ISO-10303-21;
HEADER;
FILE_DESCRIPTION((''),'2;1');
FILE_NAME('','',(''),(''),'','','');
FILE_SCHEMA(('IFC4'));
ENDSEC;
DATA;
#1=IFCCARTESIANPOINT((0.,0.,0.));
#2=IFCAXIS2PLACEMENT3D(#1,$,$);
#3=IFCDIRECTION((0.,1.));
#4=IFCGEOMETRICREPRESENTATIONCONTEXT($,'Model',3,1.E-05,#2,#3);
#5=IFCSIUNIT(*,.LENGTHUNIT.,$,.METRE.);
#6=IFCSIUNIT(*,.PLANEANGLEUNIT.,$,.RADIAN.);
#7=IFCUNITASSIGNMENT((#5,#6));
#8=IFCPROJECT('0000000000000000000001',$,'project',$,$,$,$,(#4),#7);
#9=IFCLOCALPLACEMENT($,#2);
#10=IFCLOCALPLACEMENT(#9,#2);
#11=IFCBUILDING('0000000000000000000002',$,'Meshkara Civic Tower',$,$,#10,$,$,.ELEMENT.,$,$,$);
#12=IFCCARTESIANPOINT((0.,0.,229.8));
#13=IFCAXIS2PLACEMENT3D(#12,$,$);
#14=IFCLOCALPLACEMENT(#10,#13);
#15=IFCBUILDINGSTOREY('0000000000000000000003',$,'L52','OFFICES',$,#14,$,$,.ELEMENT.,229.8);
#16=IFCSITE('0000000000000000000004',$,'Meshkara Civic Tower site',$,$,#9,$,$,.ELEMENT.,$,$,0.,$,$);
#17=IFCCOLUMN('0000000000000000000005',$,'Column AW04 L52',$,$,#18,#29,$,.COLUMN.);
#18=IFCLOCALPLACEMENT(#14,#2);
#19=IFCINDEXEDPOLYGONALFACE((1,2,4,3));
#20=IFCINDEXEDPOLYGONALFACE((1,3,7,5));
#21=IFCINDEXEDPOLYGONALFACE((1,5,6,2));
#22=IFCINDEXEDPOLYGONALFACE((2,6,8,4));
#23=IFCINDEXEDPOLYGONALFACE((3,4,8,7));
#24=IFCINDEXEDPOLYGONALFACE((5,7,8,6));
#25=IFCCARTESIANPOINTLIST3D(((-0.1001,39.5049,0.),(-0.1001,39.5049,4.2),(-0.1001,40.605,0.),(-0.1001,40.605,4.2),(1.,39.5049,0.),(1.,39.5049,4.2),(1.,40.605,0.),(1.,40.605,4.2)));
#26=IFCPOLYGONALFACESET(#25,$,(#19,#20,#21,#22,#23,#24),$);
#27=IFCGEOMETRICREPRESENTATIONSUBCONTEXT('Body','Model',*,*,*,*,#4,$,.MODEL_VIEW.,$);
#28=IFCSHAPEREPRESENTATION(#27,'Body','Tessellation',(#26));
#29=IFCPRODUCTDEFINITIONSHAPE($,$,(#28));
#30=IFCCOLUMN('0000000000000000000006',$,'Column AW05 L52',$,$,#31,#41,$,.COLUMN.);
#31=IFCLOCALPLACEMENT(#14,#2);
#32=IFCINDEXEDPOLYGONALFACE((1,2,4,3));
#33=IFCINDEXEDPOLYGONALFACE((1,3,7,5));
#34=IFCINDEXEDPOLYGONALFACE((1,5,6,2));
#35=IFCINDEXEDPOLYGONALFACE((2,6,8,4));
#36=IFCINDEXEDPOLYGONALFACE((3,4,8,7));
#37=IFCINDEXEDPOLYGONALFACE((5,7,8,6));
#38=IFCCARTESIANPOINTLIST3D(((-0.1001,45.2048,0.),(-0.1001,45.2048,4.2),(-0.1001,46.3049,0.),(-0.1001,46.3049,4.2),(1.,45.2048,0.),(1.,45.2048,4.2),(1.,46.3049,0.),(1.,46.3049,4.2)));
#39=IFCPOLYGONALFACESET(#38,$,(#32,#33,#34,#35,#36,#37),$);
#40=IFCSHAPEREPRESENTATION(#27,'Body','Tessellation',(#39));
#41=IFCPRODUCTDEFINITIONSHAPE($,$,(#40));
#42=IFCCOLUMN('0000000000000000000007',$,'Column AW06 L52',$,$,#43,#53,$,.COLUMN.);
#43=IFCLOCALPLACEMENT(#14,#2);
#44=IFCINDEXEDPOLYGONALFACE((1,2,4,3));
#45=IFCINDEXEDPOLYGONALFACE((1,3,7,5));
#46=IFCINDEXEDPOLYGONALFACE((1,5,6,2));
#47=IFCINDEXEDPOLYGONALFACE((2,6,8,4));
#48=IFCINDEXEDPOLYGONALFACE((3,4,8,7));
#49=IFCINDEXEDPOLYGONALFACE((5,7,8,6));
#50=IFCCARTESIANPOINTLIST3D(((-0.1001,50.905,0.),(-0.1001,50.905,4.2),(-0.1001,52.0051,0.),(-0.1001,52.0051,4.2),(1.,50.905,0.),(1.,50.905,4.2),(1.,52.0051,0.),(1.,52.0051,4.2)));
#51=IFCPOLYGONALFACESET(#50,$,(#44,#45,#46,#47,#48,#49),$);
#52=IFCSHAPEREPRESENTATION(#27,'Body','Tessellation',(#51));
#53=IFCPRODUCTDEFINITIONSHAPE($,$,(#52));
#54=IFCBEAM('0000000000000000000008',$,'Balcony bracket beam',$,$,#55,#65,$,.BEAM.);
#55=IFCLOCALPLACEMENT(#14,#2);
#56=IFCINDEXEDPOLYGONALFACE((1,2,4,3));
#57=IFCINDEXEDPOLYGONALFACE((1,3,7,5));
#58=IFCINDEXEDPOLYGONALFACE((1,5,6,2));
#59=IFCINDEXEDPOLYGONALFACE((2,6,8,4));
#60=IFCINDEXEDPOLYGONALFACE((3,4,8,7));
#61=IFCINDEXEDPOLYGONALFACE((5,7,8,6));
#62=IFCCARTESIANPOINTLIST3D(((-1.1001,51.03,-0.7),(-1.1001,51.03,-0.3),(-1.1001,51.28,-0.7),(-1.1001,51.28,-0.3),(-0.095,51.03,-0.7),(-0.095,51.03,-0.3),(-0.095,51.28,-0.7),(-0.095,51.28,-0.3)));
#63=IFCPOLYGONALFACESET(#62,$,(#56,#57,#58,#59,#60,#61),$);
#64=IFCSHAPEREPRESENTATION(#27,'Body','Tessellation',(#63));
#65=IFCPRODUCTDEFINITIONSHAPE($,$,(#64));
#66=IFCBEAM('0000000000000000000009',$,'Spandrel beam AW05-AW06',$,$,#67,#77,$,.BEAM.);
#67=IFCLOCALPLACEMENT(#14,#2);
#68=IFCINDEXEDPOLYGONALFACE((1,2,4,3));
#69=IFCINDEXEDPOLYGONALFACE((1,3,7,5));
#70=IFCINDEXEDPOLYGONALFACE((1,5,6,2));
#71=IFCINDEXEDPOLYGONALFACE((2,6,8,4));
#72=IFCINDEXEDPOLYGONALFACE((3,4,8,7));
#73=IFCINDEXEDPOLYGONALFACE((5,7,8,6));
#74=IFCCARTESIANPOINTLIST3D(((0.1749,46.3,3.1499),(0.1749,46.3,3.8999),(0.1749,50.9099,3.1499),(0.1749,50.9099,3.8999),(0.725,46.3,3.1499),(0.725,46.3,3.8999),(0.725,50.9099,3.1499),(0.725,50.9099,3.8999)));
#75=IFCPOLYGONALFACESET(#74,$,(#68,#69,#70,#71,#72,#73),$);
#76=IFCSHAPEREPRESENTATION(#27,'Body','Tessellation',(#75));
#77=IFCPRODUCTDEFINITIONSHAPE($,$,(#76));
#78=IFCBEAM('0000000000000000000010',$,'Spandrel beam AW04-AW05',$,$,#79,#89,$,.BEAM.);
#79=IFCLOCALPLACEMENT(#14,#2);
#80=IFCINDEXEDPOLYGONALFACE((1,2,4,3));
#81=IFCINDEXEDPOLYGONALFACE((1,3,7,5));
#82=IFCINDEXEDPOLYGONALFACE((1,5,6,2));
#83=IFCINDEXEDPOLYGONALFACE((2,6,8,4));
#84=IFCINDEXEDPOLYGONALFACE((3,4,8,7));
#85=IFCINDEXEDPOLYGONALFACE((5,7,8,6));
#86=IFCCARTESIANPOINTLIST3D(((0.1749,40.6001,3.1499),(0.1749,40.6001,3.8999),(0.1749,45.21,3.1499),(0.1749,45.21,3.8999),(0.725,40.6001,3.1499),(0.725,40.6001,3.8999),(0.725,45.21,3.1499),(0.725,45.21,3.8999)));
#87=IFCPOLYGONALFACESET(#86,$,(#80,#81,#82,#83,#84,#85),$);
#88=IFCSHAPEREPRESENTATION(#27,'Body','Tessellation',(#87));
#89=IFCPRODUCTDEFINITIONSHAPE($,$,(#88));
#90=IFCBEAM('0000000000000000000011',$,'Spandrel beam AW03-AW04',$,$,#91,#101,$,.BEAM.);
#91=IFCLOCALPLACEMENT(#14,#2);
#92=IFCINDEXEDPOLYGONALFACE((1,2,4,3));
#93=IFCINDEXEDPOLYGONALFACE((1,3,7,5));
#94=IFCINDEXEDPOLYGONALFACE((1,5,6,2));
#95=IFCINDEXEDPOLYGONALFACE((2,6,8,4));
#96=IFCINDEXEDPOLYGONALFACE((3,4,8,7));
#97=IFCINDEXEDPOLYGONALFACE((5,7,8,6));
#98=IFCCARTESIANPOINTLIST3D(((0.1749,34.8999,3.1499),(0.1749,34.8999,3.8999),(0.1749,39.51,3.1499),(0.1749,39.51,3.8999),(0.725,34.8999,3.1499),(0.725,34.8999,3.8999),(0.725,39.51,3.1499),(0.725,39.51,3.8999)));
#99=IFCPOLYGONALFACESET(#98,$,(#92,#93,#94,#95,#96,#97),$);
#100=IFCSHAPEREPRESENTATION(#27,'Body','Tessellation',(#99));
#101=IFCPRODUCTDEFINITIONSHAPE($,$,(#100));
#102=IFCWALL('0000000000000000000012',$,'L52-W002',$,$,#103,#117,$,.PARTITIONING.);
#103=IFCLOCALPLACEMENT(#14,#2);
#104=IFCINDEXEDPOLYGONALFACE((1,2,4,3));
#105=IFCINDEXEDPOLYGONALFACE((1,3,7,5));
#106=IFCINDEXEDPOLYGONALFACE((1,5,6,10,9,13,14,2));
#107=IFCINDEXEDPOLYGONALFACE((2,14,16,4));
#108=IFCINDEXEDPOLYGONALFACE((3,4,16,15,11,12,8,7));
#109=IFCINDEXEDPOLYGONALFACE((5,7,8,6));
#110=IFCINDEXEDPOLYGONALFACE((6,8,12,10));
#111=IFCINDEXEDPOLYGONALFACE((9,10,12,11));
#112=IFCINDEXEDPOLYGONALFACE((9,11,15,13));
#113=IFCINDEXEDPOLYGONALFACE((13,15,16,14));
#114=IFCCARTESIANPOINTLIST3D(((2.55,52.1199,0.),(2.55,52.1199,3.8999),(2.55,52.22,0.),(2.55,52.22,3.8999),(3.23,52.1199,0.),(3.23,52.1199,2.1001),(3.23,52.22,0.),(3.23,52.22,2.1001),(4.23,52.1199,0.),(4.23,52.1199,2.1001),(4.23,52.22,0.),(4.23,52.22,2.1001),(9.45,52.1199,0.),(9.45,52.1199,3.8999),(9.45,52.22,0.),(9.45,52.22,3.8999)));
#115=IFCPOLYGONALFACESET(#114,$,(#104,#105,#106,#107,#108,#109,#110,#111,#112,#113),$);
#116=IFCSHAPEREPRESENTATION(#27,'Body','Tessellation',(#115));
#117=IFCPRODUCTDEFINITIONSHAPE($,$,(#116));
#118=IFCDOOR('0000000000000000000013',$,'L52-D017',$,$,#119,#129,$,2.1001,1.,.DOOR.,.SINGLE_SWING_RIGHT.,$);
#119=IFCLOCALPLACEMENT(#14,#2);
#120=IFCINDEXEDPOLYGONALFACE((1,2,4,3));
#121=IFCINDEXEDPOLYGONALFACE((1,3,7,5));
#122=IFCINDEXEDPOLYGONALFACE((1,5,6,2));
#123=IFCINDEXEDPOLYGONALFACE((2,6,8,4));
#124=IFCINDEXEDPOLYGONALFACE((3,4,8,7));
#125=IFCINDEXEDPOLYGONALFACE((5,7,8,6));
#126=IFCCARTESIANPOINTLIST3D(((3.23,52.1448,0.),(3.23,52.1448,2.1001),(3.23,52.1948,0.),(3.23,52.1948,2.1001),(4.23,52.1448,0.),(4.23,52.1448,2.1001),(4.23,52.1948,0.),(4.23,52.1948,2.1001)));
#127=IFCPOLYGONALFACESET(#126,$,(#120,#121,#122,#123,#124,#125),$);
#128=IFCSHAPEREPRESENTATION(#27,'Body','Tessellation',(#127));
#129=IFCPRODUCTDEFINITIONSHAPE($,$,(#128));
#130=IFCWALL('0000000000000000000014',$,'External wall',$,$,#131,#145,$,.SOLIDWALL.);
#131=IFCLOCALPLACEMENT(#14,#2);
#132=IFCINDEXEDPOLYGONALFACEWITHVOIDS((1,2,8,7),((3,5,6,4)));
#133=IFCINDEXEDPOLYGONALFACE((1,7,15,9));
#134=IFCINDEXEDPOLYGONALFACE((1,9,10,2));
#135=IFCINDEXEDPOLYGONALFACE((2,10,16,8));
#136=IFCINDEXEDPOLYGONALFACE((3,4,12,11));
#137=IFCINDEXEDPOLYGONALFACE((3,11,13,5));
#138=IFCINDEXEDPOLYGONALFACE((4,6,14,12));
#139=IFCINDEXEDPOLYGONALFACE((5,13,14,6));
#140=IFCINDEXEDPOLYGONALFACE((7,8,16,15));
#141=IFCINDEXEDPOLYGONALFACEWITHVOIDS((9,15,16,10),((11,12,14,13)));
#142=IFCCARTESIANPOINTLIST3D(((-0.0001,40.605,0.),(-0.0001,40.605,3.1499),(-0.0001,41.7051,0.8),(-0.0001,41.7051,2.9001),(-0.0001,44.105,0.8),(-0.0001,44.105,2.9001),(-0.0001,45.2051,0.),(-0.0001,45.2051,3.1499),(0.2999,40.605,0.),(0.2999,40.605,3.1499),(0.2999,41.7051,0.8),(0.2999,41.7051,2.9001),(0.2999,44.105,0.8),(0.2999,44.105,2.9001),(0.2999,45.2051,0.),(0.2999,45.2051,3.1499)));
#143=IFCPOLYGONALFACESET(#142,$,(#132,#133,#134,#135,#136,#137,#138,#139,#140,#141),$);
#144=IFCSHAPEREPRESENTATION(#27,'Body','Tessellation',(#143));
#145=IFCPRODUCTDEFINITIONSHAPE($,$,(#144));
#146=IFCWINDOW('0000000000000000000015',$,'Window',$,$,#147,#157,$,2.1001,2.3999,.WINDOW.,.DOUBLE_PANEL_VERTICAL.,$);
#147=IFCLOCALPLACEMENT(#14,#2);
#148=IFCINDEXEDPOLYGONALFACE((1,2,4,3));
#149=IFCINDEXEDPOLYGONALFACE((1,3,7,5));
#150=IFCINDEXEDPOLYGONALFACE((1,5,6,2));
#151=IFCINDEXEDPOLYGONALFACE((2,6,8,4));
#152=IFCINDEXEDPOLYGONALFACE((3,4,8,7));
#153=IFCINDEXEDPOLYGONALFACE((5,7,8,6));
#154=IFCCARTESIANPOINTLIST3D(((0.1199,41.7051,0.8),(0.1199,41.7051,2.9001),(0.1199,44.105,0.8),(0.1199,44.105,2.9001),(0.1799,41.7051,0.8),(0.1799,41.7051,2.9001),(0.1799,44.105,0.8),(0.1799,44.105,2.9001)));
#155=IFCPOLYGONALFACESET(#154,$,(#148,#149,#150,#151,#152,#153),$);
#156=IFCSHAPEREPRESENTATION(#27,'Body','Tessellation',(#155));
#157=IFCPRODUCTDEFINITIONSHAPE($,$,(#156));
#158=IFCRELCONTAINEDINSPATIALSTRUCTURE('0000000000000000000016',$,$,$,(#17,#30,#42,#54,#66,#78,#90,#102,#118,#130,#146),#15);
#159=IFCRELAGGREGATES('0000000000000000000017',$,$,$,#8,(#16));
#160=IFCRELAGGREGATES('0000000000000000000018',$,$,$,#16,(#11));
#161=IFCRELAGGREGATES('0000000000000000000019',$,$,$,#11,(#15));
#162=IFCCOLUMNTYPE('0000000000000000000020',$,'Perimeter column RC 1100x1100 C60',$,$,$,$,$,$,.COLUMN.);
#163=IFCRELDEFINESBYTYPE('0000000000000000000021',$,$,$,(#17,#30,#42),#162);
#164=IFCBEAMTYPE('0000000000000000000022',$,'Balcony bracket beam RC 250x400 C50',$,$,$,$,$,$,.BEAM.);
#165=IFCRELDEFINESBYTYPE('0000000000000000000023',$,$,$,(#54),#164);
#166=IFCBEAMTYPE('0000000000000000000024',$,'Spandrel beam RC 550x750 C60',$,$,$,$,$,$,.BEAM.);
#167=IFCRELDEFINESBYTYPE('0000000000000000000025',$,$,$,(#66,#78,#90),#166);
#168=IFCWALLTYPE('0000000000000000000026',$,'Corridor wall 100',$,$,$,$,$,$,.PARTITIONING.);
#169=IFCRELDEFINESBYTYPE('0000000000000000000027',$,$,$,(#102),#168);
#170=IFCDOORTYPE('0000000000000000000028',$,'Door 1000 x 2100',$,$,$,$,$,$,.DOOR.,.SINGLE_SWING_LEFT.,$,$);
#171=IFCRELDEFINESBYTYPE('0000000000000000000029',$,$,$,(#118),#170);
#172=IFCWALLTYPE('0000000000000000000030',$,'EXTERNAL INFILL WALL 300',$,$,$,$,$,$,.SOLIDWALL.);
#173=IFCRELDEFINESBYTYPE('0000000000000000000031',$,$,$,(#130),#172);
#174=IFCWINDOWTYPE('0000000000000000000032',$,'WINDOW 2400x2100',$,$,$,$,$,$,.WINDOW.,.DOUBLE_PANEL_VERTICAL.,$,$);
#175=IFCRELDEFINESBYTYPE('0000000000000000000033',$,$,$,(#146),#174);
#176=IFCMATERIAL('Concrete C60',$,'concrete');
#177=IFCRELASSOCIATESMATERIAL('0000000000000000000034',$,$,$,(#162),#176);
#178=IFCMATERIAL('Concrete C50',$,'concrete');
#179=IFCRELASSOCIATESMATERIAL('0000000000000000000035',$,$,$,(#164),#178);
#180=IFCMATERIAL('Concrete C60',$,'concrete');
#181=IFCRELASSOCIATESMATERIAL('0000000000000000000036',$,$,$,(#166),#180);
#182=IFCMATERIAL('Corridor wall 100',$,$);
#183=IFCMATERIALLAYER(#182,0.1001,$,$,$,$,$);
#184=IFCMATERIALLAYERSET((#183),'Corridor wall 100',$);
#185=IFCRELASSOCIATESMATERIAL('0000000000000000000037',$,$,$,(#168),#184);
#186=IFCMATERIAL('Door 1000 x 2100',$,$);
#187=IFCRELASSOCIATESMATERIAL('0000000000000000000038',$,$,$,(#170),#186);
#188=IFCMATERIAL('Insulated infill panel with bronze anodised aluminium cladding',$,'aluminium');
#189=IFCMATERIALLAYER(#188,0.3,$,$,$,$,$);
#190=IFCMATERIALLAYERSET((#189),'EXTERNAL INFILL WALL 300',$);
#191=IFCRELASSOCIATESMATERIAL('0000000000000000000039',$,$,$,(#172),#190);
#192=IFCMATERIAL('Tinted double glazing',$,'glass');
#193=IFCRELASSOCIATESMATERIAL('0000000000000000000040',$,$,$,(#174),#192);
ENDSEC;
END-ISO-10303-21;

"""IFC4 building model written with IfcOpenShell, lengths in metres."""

from ifc_helpers import new_model, si_unit, direction, frame, frame_2d, origin, origin_2d, place, context, subcontext, project, spatial, rectangle, extrude, material, layer, layer_set, material_profile, profile_set, type_object, element, fill, save


model = new_model("IFC4")

# Units and contexts
model_context = context("Model", 3, precision=1e-05, world=origin(), true_north=direction((0.0, 1.0)))
body_context = subcontext(model_context, "Body", "Model", "MODEL_VIEW")
ifc_project = project(units=[si_unit("LENGTHUNIT", "METRE"), si_unit("PLANEANGLEUNIT", "RADIAN")], contexts=[model_context])

# Site, building, storey
site_placement = place(None, origin())
site = spatial("IfcSite", under=ifc_project, at=site_placement, Name="Meshkara Civic Tower site", CompositionType="ELEMENT", RefElevation=0.0)
building_placement = place(site_placement, origin())
building = spatial("IfcBuilding", under=site, at=building_placement, Name="Meshkara Civic Tower", CompositionType="ELEMENT")
storey_placement = place(building_placement, frame((0.0, 0.0, 229.8)))
storey = spatial("IfcBuildingStorey", under=building, at=storey_placement, Name="L52", Description="OFFICES", CompositionType="ELEMENT", Elevation=229.8)

# Columns
ifc_material_1 = material(Name="Concrete C60", Category="concrete")
ifc_material_profile_1 = material_profile(ifc_material_1, rectangle(XDim=1.1001, YDim=1.1001, at=origin_2d()))
ifc_profile_set_1 = profile_set([ifc_material_profile_1], Name="Concrete C60")
column_type = type_object("IfcColumnType", Name="Perimeter column RC 1100x1100 C60", PredefinedType="COLUMN", material=ifc_profile_set_1)
for number, where, z_axis, x_axis, name in (
    (1, (0.45, 40.0549, 0.0), (0.0, 0.0, 1.0), (1.0, 0.0, 0.0), "Column AW04 L52"),
    (2, (0.45, 45.7549, 0.0), (0.0, 0.0, 1.0), (1.0, 0.0, 0.0), "Column AW05 L52"),
    (3, (0.45, 51.4551, 0.0), (0.0, 0.0, 1.0), (1.0, 0.0, 0.0), "Column AW06 L52"),
):
    element("IfcColumn", number, at=place(storey_placement, frame(where, z_axis=z_axis, x_axis=x_axis)), inside=storey, type_object=column_type, Name=name, PredefinedType="COLUMN", context=body_context, shape_type="SweptSolid", body=[
        extrude(rectangle(XDim=1.1001, YDim=1.1001, at=origin_2d()), origin(), (0.0, 0.0, 1.0), 4.2),
    ])

# Beams
ifc_material_2 = material(Name="Concrete C50", Category="concrete")
ifc_material_profile_2 = material_profile(ifc_material_2, rectangle(XDim=0.25, YDim=0.3999, at=origin_2d()))
ifc_profile_set_2 = profile_set([ifc_material_profile_2], Name="Concrete C50")
beam_type_1 = type_object("IfcBeamType", Name="Balcony bracket beam RC 250x400 C50", PredefinedType="BEAM", material=ifc_profile_set_2)
beam_1_placement = place(storey_placement, frame((-0.095, 51.155, -0.5), z_axis=(-1.0, 0.0, 0.0), x_axis=(0.0, -1.0, 0.0)))
element("IfcBeam", 4, at=beam_1_placement, inside=storey, type_object=beam_type_1, Name="Balcony bracket beam", PredefinedType="BEAM", context=body_context, shape_type="SweptSolid", body=[
    extrude(rectangle(XDim=0.25, YDim=0.3999, at=origin_2d()), origin(), (0.0, 0.0, 1.0), 1.0051),
])
ifc_material_3 = material(Name="Concrete C60", Category="concrete")
ifc_material_profile_3 = material_profile(ifc_material_3, rectangle(XDim=0.55, YDim=0.75, at=origin_2d()))
ifc_profile_set_3 = profile_set([ifc_material_profile_3], Name="Concrete C60")
beam_type_2 = type_object("IfcBeamType", Name="Spandrel beam RC 550x750 C60", PredefinedType="BEAM", material=ifc_profile_set_3)
for number, where, z_axis, x_axis, name in (
    (5, (0.45, 50.9099, 3.5249), (0.0, -1.0, 0.0), (1.0, 0.0, 0.0), "Spandrel beam AW05-AW06"),
    (6, (0.45, 45.21, 3.5249), (0.0, -1.0, 0.0), (1.0, 0.0, 0.0), "Spandrel beam AW04-AW05"),
):
    element("IfcBeam", number, at=place(storey_placement, frame(where, z_axis=z_axis, x_axis=x_axis)), inside=storey, type_object=beam_type_2, Name=name, PredefinedType="BEAM", context=body_context, shape_type="SweptSolid", body=[
        extrude(rectangle(XDim=0.55, YDim=0.75, at=origin_2d()), origin(), (0.0, 0.0, 1.0), 4.6099),
    ])
beam_2_placement = place(storey_placement, frame((0.45, 39.51, 3.5249), z_axis=(0.0, -1.0, 0.0), x_axis=(1.0, 0.0, 0.0)))
element("IfcBeam", 7, at=beam_2_placement, inside=storey, type_object=beam_type_2, Name="Spandrel beam AW03-AW04", PredefinedType="BEAM", context=body_context, shape_type="SweptSolid", body=[
    extrude(rectangle(XDim=0.55, YDim=0.75, at=origin_2d()), origin(), (0.0, 0.0, 1.0), 4.6101),
])

# Wall, opening, door
ifc_material_4 = material(Name="Corridor wall 100")
ifc_layer_1 = layer(ifc_material_4, 0.1001)
ifc_layer_set_1 = layer_set([ifc_layer_1], Name="Corridor wall 100")
wall_type_1 = type_object("IfcWallType", Name="Corridor wall 100", PredefinedType="PARTITIONING", material=ifc_layer_set_1)
wall_1_placement = place(storey_placement, frame((2.55, 52.1699, 0.0), z_axis=(0.0, 0.0, 1.0), x_axis=(1.0, 0.0, 0.0)))
wall_1 = element("IfcWall", 8, at=wall_1_placement, inside=storey, type_object=wall_type_1, Name="L52-W002", PredefinedType="PARTITIONING", context=body_context, shape_type="SweptSolid", body=[
    extrude(rectangle(XDim=6.8999, YDim=0.1001, at=frame_2d((3.45, 0.0))), origin(), (0.0, 0.0, 1.0), 3.8999),
])
opening_1_placement = place(wall_1_placement, frame((0.6799, 0.0, 0.0)))
opening_1 = element("IfcOpeningElement", 9, at=opening_1_placement, cuts=wall_1, PredefinedType="OPENING", context=body_context, shape_type="SweptSolid", body=[
    extrude(rectangle(XDim=1.0, YDim=2.1001, at=frame_2d((0.5, 1.05))), frame((0.0, 0.0601, 0.0), z_axis=(0.0, -1.0, 0.0), x_axis=(1.0, 0.0, 0.0)), (0.0, 0.0, 1.0), 0.1201),
])
ifc_material_5 = material(Name="Door 1000 x 2100")
door_type_1 = type_object("IfcDoorType", Name="Door 1000 x 2100", OperationType="SINGLE_SWING_LEFT", PredefinedType="DOOR", material=ifc_material_5)
door_1_placement = place(opening_1_placement, origin())
door_1 = element("IfcDoor", 10, at=door_1_placement, inside=storey, type_object=door_type_1, Name="L52-D017", OperationType="SINGLE_SWING_RIGHT", OverallHeight=2.1001, OverallWidth=1.0, PredefinedType="DOOR", context=body_context, shape_type="SweptSolid", body=[
    extrude(rectangle(XDim=1.0, YDim=2.1001, at=frame_2d((0.5, 1.05))), frame((0.0, 0.0249, 0.0), z_axis=(0.0, -1.0, 0.0), x_axis=(1.0, 0.0, 0.0)), (0.0, 0.0, 1.0), 0.05),
])
fill(opening_1, door_1)

# Wall, opening, window
ifc_material_6 = material(Name="Insulated infill panel with bronze anodised aluminium cladding", Category="aluminium")
ifc_layer_2 = layer(ifc_material_6, 0.3)
ifc_layer_set_2 = layer_set([ifc_layer_2], Name="EXTERNAL INFILL WALL 300")
wall_type_2 = type_object("IfcWallType", Name="EXTERNAL INFILL WALL 300", PredefinedType="SOLIDWALL", material=ifc_layer_set_2)
wall_2_placement = place(storey_placement, frame((0.1499, 45.2051, 0.0), z_axis=(0.0, 0.0, 1.0), x_axis=(0.0, -1.0, 0.0)))
wall_2 = element("IfcWall", 11, at=wall_2_placement, inside=storey, type_object=wall_type_2, Name="External wall", PredefinedType="SOLIDWALL", context=body_context, shape_type="SweptSolid", body=[
    extrude(rectangle(XDim=4.6001, YDim=0.3, at=frame_2d((2.3, 0.0))), origin(), (0.0, 0.0, 1.0), 3.1499),
])
opening_2_placement = place(wall_2_placement, frame((1.1001, 0.0, 0.8)))
opening_2 = element("IfcOpeningElement", 12, at=opening_2_placement, cuts=wall_2, PredefinedType="OPENING", context=body_context, shape_type="SweptSolid", body=[
    extrude(rectangle(XDim=2.3999, YDim=2.1001, at=frame_2d((1.2, 1.05))), frame((0.0, 0.1599, 0.0), z_axis=(0.0, -1.0, 0.0), x_axis=(1.0, 0.0, 0.0)), (0.0, 0.0, 1.0), 0.3201),
])
ifc_material_7 = material(Name="Tinted double glazing", Category="glass")
window_type = type_object("IfcWindowType", Name="WINDOW 2400x2100", PartitioningType="DOUBLE_PANEL_VERTICAL", PredefinedType="WINDOW", material=ifc_material_7)
window_1_placement = place(opening_2_placement, origin())
window_1 = element("IfcWindow", 13, at=window_1_placement, inside=storey, type_object=window_type, Name="Window", OverallHeight=2.1001, OverallWidth=2.3999, PartitioningType="DOUBLE_PANEL_VERTICAL", PredefinedType="WINDOW", context=body_context, shape_type="SweptSolid", body=[
    extrude(rectangle(XDim=2.3999, YDim=2.1001, at=frame_2d((1.2, 1.05))), frame((0.0, 0.03, 0.0), z_axis=(0.0, -1.0, 0.0), x_axis=(1.0, 0.0, 0.0)), (0.0, 0.0, 1.0), 0.0601),
])
fill(opening_2, window_1)

save(model, "model.ifc")
